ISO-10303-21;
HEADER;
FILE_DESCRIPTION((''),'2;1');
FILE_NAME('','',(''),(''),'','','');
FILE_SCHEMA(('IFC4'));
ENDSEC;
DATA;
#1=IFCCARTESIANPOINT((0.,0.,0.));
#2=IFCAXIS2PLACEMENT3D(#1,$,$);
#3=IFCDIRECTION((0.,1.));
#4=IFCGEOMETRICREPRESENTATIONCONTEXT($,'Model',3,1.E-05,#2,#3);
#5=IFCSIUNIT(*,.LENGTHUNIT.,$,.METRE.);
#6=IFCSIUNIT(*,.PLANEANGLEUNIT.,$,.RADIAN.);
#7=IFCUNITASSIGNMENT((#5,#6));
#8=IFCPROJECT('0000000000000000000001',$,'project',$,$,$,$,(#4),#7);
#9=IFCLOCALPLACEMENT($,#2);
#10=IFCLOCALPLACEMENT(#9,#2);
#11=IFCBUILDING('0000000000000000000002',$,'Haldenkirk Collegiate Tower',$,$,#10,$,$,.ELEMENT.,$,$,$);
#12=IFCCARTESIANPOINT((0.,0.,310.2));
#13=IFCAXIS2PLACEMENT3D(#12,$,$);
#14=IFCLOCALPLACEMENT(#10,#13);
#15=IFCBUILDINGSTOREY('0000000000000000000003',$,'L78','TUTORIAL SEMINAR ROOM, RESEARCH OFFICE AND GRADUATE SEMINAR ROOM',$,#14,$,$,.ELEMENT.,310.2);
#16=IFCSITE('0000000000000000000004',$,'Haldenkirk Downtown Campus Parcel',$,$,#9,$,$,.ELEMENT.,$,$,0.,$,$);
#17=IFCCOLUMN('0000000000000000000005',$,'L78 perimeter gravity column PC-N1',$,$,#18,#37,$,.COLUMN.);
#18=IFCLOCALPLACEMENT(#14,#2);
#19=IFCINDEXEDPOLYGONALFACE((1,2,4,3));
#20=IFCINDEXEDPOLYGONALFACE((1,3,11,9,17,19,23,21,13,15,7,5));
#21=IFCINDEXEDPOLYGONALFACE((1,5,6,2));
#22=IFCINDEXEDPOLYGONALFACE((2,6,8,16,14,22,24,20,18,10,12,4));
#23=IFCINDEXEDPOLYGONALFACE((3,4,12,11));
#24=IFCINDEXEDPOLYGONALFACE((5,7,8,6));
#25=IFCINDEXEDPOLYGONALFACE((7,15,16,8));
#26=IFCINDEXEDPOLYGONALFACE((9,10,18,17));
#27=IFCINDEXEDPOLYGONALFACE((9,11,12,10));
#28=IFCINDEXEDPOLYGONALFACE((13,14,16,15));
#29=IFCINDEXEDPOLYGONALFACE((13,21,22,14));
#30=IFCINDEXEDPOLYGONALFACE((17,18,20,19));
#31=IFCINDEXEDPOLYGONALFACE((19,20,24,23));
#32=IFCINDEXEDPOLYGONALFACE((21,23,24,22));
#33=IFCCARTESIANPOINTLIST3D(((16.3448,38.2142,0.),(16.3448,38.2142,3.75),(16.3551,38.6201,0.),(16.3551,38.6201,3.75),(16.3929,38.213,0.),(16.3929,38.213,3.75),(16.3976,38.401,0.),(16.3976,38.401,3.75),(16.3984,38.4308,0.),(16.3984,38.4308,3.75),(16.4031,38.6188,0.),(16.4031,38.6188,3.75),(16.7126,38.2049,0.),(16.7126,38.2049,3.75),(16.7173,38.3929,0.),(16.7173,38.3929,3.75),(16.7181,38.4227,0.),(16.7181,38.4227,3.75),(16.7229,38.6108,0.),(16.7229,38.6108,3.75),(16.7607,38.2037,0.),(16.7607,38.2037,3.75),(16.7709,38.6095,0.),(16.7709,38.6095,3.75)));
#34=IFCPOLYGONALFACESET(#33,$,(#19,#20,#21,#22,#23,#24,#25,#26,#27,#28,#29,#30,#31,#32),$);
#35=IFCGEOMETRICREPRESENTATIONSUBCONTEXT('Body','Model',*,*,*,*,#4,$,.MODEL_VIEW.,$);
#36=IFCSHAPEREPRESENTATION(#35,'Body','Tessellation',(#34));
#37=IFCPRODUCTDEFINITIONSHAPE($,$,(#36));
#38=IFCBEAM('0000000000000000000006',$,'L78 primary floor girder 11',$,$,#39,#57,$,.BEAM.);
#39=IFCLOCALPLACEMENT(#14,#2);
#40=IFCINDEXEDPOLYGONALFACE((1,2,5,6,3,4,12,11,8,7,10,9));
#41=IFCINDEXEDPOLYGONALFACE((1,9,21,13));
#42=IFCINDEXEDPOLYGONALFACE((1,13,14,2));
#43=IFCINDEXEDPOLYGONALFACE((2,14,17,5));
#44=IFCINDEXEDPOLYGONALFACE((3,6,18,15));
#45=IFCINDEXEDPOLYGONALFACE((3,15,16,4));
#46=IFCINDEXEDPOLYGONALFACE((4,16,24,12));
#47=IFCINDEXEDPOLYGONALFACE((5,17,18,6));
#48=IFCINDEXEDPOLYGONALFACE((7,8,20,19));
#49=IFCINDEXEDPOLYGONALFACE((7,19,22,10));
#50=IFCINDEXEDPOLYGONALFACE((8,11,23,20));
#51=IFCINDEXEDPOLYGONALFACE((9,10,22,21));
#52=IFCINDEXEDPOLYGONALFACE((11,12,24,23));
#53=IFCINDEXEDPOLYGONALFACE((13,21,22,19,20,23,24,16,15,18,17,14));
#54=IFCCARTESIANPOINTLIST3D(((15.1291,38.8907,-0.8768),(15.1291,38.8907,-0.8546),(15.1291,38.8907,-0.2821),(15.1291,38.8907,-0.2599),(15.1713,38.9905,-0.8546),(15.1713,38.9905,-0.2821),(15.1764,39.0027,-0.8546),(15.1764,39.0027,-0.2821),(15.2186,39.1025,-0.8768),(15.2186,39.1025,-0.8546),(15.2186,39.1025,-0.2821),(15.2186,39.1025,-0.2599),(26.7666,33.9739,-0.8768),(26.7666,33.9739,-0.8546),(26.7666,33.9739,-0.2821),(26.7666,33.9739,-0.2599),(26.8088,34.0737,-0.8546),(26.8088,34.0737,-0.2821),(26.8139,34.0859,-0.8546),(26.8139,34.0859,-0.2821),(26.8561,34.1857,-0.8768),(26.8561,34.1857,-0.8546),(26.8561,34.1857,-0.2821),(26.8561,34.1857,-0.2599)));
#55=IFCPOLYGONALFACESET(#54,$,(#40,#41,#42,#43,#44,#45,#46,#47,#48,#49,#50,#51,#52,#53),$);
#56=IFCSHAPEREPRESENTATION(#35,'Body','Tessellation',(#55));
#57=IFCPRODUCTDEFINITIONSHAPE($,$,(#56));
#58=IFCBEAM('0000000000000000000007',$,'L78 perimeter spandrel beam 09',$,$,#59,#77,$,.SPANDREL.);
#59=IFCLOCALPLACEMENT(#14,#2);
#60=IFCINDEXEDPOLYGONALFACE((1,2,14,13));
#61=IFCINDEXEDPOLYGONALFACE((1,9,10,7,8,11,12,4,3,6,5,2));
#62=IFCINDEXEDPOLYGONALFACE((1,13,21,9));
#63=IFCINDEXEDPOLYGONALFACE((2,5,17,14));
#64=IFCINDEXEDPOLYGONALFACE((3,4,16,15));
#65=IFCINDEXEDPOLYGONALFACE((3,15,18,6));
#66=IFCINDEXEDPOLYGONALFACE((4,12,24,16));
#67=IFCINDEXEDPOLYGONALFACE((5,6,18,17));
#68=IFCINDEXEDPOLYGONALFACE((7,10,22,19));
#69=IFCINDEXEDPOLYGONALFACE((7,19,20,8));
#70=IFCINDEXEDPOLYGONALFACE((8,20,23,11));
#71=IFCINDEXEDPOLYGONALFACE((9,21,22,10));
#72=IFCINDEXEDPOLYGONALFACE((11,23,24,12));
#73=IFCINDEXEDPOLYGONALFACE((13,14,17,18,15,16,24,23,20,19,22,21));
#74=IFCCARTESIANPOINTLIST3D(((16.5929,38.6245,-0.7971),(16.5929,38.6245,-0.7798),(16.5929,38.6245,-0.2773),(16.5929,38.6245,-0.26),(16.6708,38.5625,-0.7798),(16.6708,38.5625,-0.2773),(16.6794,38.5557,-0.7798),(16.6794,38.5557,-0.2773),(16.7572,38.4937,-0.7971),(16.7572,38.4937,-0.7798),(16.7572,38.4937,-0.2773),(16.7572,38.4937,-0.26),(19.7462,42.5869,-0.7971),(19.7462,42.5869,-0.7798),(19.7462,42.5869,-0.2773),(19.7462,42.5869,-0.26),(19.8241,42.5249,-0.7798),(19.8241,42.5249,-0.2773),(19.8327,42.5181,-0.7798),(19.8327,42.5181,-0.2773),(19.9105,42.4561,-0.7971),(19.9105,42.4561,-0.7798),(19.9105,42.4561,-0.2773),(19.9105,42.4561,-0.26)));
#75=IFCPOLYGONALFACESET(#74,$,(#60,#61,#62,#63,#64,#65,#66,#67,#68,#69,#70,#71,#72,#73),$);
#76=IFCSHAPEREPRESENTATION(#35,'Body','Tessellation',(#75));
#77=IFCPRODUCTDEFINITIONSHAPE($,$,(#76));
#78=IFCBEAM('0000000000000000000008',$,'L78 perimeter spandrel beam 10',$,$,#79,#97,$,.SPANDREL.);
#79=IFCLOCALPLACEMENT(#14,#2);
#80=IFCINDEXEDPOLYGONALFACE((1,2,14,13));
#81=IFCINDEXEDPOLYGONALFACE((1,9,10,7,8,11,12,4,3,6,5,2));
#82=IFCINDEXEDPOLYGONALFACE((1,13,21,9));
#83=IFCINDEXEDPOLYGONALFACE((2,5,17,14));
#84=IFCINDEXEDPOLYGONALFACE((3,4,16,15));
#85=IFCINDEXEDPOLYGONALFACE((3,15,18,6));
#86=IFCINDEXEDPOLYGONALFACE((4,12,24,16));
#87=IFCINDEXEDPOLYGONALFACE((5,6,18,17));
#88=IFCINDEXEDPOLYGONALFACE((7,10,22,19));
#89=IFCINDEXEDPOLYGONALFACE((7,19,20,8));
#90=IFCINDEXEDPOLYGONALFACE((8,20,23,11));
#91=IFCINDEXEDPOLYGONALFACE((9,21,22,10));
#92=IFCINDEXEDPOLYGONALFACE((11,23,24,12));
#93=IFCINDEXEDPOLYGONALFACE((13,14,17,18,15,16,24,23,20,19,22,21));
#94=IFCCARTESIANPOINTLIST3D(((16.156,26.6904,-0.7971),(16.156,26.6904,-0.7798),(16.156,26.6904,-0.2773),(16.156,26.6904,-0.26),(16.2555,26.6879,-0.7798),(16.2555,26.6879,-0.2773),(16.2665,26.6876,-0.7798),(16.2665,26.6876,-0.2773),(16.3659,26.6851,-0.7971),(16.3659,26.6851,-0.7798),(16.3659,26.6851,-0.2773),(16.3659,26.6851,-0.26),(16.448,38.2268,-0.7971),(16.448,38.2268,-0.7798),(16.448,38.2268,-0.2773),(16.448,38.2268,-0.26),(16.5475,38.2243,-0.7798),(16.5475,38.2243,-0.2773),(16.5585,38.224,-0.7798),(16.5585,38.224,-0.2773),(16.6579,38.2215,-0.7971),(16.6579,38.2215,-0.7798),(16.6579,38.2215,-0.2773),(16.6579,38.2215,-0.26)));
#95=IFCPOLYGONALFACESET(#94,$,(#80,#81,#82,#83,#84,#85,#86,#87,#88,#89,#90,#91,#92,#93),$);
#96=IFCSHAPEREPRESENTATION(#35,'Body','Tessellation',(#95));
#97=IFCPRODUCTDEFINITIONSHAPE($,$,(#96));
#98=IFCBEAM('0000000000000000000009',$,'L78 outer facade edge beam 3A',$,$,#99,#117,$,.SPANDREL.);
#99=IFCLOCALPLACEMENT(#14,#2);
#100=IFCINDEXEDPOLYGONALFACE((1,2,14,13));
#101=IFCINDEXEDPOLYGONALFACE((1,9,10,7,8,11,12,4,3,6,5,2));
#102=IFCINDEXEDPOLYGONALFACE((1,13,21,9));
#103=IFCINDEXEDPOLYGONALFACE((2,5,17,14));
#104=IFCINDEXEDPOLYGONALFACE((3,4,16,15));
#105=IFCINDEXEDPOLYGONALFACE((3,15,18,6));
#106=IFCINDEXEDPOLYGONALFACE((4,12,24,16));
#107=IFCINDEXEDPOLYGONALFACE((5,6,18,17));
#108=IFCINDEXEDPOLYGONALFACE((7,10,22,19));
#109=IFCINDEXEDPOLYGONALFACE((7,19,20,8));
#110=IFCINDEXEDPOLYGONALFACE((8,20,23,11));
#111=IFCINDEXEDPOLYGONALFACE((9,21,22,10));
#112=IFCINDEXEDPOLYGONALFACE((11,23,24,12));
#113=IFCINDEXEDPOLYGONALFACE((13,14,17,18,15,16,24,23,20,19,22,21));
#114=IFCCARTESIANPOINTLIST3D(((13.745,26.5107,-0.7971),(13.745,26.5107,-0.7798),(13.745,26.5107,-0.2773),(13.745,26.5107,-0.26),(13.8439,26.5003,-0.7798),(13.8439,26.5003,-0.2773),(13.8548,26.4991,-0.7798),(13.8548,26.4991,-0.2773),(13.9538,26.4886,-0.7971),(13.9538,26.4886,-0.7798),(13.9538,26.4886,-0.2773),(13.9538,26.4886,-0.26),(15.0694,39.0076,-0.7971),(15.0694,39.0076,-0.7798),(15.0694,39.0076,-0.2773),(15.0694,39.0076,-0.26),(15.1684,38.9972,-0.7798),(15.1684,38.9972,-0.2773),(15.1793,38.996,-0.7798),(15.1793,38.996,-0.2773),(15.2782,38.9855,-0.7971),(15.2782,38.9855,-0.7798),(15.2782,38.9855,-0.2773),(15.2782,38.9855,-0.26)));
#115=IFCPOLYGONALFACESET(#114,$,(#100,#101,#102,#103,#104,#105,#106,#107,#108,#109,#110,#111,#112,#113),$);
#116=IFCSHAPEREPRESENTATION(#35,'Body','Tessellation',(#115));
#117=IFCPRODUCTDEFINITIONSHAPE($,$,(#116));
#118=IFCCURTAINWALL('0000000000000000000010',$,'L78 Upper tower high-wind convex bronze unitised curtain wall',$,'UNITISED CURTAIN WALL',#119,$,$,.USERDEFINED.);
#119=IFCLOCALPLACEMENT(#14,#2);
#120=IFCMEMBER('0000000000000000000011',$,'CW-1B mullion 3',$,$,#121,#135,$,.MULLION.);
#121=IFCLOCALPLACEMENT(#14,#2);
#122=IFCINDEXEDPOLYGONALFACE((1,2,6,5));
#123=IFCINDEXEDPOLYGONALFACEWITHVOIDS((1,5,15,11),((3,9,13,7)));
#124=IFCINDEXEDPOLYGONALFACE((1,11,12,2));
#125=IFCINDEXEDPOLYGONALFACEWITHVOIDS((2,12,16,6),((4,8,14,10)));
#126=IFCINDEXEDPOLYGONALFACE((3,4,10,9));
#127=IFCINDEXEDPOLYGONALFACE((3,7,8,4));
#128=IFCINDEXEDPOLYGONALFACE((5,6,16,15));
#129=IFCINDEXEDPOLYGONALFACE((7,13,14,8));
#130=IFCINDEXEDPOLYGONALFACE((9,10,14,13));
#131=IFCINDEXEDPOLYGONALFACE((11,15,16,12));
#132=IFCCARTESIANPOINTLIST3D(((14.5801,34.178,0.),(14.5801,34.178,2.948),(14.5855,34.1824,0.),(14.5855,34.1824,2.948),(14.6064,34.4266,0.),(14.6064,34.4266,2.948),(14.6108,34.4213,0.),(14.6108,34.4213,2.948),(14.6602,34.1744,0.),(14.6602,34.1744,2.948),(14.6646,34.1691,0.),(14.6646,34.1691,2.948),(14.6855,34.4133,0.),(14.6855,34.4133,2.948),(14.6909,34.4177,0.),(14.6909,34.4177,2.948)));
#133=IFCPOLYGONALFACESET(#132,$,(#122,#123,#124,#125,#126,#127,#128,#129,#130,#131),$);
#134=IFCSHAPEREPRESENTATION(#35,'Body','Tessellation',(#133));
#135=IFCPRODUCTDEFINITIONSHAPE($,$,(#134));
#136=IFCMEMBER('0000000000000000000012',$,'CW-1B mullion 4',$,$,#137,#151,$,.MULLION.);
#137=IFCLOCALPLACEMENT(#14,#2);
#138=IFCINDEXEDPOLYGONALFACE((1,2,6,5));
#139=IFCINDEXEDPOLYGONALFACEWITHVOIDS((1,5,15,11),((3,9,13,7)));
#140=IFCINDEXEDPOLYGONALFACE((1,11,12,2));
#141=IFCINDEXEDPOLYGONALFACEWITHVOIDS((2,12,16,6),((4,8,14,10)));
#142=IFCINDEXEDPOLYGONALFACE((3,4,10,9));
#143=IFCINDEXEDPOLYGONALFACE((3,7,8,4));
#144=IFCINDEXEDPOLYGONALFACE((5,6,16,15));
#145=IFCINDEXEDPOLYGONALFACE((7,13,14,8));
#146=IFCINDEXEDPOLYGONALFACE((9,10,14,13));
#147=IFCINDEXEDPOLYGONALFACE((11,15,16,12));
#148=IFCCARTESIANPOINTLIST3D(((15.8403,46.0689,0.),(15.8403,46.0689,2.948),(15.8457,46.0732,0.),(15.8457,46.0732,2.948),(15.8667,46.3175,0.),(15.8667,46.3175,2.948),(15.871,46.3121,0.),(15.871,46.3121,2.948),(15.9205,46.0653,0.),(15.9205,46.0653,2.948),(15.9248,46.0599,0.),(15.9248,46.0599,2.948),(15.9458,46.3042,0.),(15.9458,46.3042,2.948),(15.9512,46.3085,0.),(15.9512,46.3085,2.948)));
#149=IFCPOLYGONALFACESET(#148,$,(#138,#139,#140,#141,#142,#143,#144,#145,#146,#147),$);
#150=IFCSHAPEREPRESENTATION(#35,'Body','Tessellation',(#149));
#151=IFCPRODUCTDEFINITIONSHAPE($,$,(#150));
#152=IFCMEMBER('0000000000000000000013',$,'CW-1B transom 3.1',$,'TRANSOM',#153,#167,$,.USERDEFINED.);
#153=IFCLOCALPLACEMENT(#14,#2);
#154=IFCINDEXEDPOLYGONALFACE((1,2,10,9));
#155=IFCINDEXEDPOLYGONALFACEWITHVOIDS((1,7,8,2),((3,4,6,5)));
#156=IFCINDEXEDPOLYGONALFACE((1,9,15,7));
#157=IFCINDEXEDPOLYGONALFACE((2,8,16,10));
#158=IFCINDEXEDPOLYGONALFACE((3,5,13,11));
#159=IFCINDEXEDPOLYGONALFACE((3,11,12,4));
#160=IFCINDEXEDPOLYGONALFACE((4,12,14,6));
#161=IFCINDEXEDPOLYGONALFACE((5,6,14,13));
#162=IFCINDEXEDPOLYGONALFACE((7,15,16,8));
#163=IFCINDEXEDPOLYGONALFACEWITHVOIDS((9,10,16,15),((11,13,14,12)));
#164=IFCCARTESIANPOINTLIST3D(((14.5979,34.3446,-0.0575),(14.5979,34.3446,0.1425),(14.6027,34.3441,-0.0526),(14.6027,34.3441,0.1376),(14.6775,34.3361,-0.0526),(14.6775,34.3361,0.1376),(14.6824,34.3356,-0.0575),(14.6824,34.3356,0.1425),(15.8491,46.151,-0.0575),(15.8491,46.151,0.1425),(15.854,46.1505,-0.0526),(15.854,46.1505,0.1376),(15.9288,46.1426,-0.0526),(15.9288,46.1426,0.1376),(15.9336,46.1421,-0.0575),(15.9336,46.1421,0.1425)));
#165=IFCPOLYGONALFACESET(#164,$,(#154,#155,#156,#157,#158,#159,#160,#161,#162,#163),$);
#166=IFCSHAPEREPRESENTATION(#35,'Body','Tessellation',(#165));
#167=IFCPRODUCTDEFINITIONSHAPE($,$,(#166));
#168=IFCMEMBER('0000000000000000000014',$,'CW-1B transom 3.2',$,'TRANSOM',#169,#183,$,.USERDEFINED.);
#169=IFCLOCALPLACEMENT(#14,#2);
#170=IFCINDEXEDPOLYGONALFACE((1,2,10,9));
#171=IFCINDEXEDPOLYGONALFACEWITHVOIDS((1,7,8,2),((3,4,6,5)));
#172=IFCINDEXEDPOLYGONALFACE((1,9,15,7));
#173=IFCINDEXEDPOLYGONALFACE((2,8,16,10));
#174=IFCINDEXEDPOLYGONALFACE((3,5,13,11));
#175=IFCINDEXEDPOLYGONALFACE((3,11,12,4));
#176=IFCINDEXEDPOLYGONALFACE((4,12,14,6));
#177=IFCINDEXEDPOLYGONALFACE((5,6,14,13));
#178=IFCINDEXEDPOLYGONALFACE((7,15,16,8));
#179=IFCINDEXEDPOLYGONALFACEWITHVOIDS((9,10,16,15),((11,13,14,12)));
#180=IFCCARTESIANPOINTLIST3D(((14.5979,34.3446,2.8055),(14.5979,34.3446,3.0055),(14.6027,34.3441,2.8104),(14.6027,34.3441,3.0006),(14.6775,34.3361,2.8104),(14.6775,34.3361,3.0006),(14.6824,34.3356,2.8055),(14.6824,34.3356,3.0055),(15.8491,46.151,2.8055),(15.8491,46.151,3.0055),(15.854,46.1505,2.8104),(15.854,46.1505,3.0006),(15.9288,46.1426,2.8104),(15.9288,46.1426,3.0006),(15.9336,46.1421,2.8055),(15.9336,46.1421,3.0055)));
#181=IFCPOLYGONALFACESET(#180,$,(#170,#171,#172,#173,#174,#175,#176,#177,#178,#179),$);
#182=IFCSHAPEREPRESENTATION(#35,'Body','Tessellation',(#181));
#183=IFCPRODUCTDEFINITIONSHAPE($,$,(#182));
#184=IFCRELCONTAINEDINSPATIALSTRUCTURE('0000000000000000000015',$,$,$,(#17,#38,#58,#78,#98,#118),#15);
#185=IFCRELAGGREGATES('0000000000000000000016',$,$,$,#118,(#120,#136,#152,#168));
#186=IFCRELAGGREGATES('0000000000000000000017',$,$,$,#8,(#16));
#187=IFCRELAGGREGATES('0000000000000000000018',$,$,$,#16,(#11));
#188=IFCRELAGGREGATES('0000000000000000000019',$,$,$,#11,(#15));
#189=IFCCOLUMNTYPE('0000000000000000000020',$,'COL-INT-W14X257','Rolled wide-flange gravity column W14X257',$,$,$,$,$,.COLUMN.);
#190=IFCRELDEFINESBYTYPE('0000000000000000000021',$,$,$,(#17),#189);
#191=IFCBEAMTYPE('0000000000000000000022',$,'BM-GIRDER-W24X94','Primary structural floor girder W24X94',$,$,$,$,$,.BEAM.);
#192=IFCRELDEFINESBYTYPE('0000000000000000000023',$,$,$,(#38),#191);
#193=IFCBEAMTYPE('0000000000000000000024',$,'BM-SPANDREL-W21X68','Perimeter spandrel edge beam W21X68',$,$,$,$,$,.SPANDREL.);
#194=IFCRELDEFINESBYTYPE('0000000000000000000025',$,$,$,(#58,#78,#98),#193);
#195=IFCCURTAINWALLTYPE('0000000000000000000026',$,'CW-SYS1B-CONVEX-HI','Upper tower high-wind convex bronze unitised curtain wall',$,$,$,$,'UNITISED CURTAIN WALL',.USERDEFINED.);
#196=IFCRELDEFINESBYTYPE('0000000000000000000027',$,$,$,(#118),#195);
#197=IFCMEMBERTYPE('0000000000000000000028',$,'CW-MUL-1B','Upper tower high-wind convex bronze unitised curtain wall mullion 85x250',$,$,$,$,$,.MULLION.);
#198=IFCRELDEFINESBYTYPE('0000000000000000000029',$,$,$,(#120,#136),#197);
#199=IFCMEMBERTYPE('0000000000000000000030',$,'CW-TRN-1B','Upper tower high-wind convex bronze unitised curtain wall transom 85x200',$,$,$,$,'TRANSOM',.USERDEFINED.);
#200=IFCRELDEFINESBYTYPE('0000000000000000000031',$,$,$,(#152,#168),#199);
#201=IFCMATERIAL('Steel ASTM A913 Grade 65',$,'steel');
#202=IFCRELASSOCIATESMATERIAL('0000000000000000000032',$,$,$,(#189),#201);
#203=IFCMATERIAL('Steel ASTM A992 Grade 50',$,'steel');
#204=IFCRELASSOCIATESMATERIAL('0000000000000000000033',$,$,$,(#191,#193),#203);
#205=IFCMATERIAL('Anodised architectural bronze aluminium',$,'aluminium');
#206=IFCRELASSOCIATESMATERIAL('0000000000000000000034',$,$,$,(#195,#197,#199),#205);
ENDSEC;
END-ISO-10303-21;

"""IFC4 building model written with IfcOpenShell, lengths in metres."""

from ifc_helpers import new_model, si_unit, direction, frame, origin, origin_2d, place, context, subcontext, project, spatial, hollow_rectangle, i_section, extrude, material, material_profile, profile_set, type_object, element, aggregate, save


model = new_model("IFC4")

# Units and contexts
model_context = context("Model", 3, precision=1e-05, world=origin(), true_north=direction((0.0, 1.0)))
body_context = subcontext(model_context, "Body", "Model", "MODEL_VIEW")
ifc_project = project(units=[si_unit("LENGTHUNIT", "METRE"), si_unit("PLANEANGLEUNIT", "RADIAN")], contexts=[model_context])

# Site, building, storey
site_placement = place(None, origin())
site = spatial("IfcSite", under=ifc_project, at=site_placement, Name="Haldenkirk Downtown Campus Parcel", CompositionType="ELEMENT", RefElevation=0.0)
building_placement = place(site_placement, origin())
building = spatial("IfcBuilding", under=site, at=building_placement, Name="Haldenkirk Collegiate Tower", CompositionType="ELEMENT")
storey_placement = place(building_placement, frame((0.0, 0.0, 310.2)))
storey = spatial("IfcBuildingStorey", under=building, at=storey_placement, Name="L78", Description="TUTORIAL SEMINAR ROOM, RESEARCH OFFICE AND GRADUATE SEMINAR ROOM", CompositionType="ELEMENT", Elevation=310.2)

# Column
ifc_material_1 = material(Name="Steel ASTM A913 Grade 65", Category="steel")
ifc_material_profile_1 = material_profile(ifc_material_1, i_section(OverallWidth=0.406, OverallDepth=0.416, WebThickness=0.0298, FlangeThickness=0.0481, at=origin_2d()), Name="W14X257")
ifc_profile_set_1 = profile_set([ifc_material_profile_1], Name="Steel ASTM A913 Grade 65")
column_type = type_object("IfcColumnType", Name="COL-INT-W14X257", Description="Rolled wide-flange gravity column W14X257", PredefinedType="COLUMN", material=ifc_profile_set_1)
column_placement = place(storey_placement, frame((16.5579, 38.4119, 0.0), z_axis=(0.0, 0.0, 1.0), x_axis=(0.025305, 0.99968, 0.0)))
element("IfcColumn", 1, at=column_placement, inside=storey, type_object=column_type, Name="L78 perimeter gravity column PC-N1", PredefinedType="COLUMN", context=body_context, shape_type="SweptSolid", body=[
    extrude(i_section(OverallWidth=0.406, OverallDepth=0.416, WebThickness=0.0298, FlangeThickness=0.0481, at=origin_2d()), origin(), (0.0, 0.0, 1.0), 3.75),
])

# Beams
ifc_material_2 = material(Name="Steel ASTM A992 Grade 50", Category="steel")
ifc_material_profile_2 = material_profile(ifc_material_2, i_section(OverallWidth=0.23, OverallDepth=0.6169, WebThickness=0.0132, FlangeThickness=0.0222, at=origin_2d()), Name="W24X94")
ifc_profile_set_2 = profile_set([ifc_material_profile_2], Name="Steel ASTM A992 Grade 50")
beam_type_1 = type_object("IfcBeamType", Name="BM-GIRDER-W24X94", Description="Primary structural floor girder W24X94", PredefinedType="BEAM", material=ifc_profile_set_2)
beam_1_placement = place(storey_placement, frame((15.1738, 38.9966, -0.5684), z_axis=(0.92116, -0.389184, 0.0), x_axis=(0.389184, 0.92116, 0.0)))
element("IfcBeam", 2, at=beam_1_placement, inside=storey, type_object=beam_type_1, Name="L78 primary floor girder 11", PredefinedType="BEAM", context=body_context, shape_type="SweptSolid", body=[
    extrude(i_section(OverallWidth=0.23, OverallDepth=0.6169, WebThickness=0.0132, FlangeThickness=0.0222, at=origin_2d()), origin(), (0.0, 0.0, 1.0), 12.6335),
])
ifc_material_profile_3 = material_profile(ifc_material_2, i_section(OverallWidth=0.21, OverallDepth=0.5371, WebThickness=0.011, FlangeThickness=0.0173, at=origin_2d()), Name="W21X68")
ifc_profile_set_3 = profile_set([ifc_material_profile_3], Name="Steel ASTM A992 Grade 50")
beam_type_2 = type_object("IfcBeamType", Name="BM-SPANDREL-W21X68", Description="Perimeter spandrel edge beam W21X68", PredefinedType="SPANDREL", material=ifc_profile_set_3)
beam_2_placement = place(storey_placement, frame((19.8284, 42.5215, -0.5286), z_axis=(-0.622694, -0.782465, 0.0), x_axis=(0.782465, -0.622694, 0.0)))
element("IfcBeam", 3, at=beam_2_placement, inside=storey, type_object=beam_type_2, Name="L78 perimeter spandrel beam 09", PredefinedType="SPANDREL", context=body_context, shape_type="SweptSolid", body=[
    extrude(i_section(OverallWidth=0.21, OverallDepth=0.5371, WebThickness=0.011, FlangeThickness=0.0173, at=origin_2d()), origin(), (0.0, 0.0, 1.0), 5.064),
])
beam_3_placement = place(storey_placement, frame((16.553, 38.2241, -0.5286), z_axis=(-0.025302, -0.99968, 0.0), x_axis=(0.99968, -0.025302, 0.0)))
element("IfcBeam", 4, at=beam_3_placement, inside=storey, type_object=beam_type_2, Name="L78 perimeter spandrel beam 10", PredefinedType="SPANDREL", context=body_context, shape_type="SweptSolid", body=[
    extrude(i_section(OverallWidth=0.21, OverallDepth=0.5371, WebThickness=0.011, FlangeThickness=0.0173, at=origin_2d()), origin(), (0.0, 0.0, 1.0), 11.54),
])
beam_4_placement = place(storey_placement, frame((15.1738, 38.9966, -0.5286), z_axis=(-0.105394, -0.994431, 0.0), x_axis=(0.994431, -0.105394, 0.0)))
element("IfcBeam", 5, at=beam_4_placement, inside=storey, type_object=beam_type_2, Name="L78 outer facade edge beam 3A", PredefinedType="SPANDREL", context=body_context, shape_type="SweptSolid", body=[
    extrude(i_section(OverallWidth=0.21, OverallDepth=0.5371, WebThickness=0.011, FlangeThickness=0.0173, at=origin_2d()), origin(), (0.0, 0.0, 1.0), 12.5669),
])

# Curtain wall, members
ifc_material_3 = material(Name="Anodised architectural bronze aluminium", Category="aluminium")
curtain_wall_type = type_object("IfcCurtainWallType", Name="CW-SYS1B-CONVEX-HI", Description="Upper tower high-wind convex bronze unitised curtain wall", ElementType="UNITISED CURTAIN WALL", PredefinedType="USERDEFINED", material=ifc_material_3)
curtain_wall_placement = place(storey_placement, origin())
curtain_wall = element("IfcCurtainWall", 6, at=curtain_wall_placement, inside=storey, type_object=curtain_wall_type, Name="L78 Upper tower high-wind convex bronze unitised curtain wall", ObjectType="UNITISED CURTAIN WALL", PredefinedType="USERDEFINED")
ifc_material_profile_4 = material_profile(ifc_material_3, hollow_rectangle(XDim=0.085, YDim=0.25, WallThickness=0.0049, at=origin_2d()), Name="CW-MUL-1B")
ifc_profile_set_4 = profile_set([ifc_material_profile_4], Name="Anodised architectural bronze aluminium")
member_type_1 = type_object("IfcMemberType", Name="CW-MUL-1B", Description="Upper tower high-wind convex bronze unitised curtain wall mullion 85x250", PredefinedType="MULLION", material=ifc_profile_set_4)
member_1_placement = place(storey_placement, frame((14.6355, 34.2979, 0.0), z_axis=(0.0, 0.0, 1.0), x_axis=(-0.99443, 0.105394, 0.0)))
member_1 = element("IfcMember", 7, at=member_1_placement, type_object=member_type_1, Name="CW-1B mullion 3", PredefinedType="MULLION", context=body_context, shape_type="SweptSolid", body=[
    extrude(hollow_rectangle(XDim=0.085, YDim=0.25, WallThickness=0.0049, at=origin_2d()), origin(), (0.0, 0.0, 1.0), 2.948),
])
member_2_placement = place(storey_placement, frame((15.8958, 46.1887, 0.0), z_axis=(0.0, 0.0, 1.0), x_axis=(-0.99443, 0.105394, 0.0)))
member_2 = element("IfcMember", 8, at=member_2_placement, type_object=member_type_1, Name="CW-1B mullion 4", PredefinedType="MULLION", context=body_context, shape_type="SweptSolid", body=[
    extrude(hollow_rectangle(XDim=0.085, YDim=0.25, WallThickness=0.0049, at=origin_2d()), origin(), (0.0, 0.0, 1.0), 2.948),
])
ifc_material_profile_5 = material_profile(ifc_material_3, hollow_rectangle(XDim=0.085, YDim=0.2, WallThickness=0.0049, at=origin_2d()), Name="CW-TRN-1B")
ifc_profile_set_5 = profile_set([ifc_material_profile_5], Name="Anodised architectural bronze aluminium")
member_type_2 = type_object("IfcMemberType", Name="CW-TRN-1B", Description="Upper tower high-wind convex bronze unitised curtain wall transom 85x200", ElementType="TRANSOM", PredefinedType="USERDEFINED", material=ifc_profile_set_5)
member_3_placement = place(storey_placement, frame((14.6401, 34.3401, 0.0425), z_axis=(0.105388, 0.994431, 0.0), x_axis=(-0.994431, 0.105388, 0.0)))
member_3 = element("IfcMember", 9, at=member_3_placement, type_object=member_type_2, Name="CW-1B transom 3.1", ObjectType="TRANSOM", PredefinedType="USERDEFINED", context=body_context, shape_type="SweptSolid", body=[
    extrude(hollow_rectangle(XDim=0.085, YDim=0.2, WallThickness=0.0049, at=origin_2d()), origin(), (0.0, 0.0, 1.0), 11.8726),
])
member_4_placement = place(storey_placement, frame((14.6401, 34.3401, 2.9055), z_axis=(0.105388, 0.994431, 0.0), x_axis=(-0.994431, 0.105388, 0.0)))
member_4 = element("IfcMember", 10, at=member_4_placement, type_object=member_type_2, Name="CW-1B transom 3.2", ObjectType="TRANSOM", PredefinedType="USERDEFINED", context=body_context, shape_type="SweptSolid", body=[
    extrude(hollow_rectangle(XDim=0.085, YDim=0.2, WallThickness=0.0049, at=origin_2d()), origin(), (0.0, 0.0, 1.0), 11.8726),
])
aggregate(curtain_wall, [member_1, member_2, member_3, member_4])

save(model, "model.ifc")
